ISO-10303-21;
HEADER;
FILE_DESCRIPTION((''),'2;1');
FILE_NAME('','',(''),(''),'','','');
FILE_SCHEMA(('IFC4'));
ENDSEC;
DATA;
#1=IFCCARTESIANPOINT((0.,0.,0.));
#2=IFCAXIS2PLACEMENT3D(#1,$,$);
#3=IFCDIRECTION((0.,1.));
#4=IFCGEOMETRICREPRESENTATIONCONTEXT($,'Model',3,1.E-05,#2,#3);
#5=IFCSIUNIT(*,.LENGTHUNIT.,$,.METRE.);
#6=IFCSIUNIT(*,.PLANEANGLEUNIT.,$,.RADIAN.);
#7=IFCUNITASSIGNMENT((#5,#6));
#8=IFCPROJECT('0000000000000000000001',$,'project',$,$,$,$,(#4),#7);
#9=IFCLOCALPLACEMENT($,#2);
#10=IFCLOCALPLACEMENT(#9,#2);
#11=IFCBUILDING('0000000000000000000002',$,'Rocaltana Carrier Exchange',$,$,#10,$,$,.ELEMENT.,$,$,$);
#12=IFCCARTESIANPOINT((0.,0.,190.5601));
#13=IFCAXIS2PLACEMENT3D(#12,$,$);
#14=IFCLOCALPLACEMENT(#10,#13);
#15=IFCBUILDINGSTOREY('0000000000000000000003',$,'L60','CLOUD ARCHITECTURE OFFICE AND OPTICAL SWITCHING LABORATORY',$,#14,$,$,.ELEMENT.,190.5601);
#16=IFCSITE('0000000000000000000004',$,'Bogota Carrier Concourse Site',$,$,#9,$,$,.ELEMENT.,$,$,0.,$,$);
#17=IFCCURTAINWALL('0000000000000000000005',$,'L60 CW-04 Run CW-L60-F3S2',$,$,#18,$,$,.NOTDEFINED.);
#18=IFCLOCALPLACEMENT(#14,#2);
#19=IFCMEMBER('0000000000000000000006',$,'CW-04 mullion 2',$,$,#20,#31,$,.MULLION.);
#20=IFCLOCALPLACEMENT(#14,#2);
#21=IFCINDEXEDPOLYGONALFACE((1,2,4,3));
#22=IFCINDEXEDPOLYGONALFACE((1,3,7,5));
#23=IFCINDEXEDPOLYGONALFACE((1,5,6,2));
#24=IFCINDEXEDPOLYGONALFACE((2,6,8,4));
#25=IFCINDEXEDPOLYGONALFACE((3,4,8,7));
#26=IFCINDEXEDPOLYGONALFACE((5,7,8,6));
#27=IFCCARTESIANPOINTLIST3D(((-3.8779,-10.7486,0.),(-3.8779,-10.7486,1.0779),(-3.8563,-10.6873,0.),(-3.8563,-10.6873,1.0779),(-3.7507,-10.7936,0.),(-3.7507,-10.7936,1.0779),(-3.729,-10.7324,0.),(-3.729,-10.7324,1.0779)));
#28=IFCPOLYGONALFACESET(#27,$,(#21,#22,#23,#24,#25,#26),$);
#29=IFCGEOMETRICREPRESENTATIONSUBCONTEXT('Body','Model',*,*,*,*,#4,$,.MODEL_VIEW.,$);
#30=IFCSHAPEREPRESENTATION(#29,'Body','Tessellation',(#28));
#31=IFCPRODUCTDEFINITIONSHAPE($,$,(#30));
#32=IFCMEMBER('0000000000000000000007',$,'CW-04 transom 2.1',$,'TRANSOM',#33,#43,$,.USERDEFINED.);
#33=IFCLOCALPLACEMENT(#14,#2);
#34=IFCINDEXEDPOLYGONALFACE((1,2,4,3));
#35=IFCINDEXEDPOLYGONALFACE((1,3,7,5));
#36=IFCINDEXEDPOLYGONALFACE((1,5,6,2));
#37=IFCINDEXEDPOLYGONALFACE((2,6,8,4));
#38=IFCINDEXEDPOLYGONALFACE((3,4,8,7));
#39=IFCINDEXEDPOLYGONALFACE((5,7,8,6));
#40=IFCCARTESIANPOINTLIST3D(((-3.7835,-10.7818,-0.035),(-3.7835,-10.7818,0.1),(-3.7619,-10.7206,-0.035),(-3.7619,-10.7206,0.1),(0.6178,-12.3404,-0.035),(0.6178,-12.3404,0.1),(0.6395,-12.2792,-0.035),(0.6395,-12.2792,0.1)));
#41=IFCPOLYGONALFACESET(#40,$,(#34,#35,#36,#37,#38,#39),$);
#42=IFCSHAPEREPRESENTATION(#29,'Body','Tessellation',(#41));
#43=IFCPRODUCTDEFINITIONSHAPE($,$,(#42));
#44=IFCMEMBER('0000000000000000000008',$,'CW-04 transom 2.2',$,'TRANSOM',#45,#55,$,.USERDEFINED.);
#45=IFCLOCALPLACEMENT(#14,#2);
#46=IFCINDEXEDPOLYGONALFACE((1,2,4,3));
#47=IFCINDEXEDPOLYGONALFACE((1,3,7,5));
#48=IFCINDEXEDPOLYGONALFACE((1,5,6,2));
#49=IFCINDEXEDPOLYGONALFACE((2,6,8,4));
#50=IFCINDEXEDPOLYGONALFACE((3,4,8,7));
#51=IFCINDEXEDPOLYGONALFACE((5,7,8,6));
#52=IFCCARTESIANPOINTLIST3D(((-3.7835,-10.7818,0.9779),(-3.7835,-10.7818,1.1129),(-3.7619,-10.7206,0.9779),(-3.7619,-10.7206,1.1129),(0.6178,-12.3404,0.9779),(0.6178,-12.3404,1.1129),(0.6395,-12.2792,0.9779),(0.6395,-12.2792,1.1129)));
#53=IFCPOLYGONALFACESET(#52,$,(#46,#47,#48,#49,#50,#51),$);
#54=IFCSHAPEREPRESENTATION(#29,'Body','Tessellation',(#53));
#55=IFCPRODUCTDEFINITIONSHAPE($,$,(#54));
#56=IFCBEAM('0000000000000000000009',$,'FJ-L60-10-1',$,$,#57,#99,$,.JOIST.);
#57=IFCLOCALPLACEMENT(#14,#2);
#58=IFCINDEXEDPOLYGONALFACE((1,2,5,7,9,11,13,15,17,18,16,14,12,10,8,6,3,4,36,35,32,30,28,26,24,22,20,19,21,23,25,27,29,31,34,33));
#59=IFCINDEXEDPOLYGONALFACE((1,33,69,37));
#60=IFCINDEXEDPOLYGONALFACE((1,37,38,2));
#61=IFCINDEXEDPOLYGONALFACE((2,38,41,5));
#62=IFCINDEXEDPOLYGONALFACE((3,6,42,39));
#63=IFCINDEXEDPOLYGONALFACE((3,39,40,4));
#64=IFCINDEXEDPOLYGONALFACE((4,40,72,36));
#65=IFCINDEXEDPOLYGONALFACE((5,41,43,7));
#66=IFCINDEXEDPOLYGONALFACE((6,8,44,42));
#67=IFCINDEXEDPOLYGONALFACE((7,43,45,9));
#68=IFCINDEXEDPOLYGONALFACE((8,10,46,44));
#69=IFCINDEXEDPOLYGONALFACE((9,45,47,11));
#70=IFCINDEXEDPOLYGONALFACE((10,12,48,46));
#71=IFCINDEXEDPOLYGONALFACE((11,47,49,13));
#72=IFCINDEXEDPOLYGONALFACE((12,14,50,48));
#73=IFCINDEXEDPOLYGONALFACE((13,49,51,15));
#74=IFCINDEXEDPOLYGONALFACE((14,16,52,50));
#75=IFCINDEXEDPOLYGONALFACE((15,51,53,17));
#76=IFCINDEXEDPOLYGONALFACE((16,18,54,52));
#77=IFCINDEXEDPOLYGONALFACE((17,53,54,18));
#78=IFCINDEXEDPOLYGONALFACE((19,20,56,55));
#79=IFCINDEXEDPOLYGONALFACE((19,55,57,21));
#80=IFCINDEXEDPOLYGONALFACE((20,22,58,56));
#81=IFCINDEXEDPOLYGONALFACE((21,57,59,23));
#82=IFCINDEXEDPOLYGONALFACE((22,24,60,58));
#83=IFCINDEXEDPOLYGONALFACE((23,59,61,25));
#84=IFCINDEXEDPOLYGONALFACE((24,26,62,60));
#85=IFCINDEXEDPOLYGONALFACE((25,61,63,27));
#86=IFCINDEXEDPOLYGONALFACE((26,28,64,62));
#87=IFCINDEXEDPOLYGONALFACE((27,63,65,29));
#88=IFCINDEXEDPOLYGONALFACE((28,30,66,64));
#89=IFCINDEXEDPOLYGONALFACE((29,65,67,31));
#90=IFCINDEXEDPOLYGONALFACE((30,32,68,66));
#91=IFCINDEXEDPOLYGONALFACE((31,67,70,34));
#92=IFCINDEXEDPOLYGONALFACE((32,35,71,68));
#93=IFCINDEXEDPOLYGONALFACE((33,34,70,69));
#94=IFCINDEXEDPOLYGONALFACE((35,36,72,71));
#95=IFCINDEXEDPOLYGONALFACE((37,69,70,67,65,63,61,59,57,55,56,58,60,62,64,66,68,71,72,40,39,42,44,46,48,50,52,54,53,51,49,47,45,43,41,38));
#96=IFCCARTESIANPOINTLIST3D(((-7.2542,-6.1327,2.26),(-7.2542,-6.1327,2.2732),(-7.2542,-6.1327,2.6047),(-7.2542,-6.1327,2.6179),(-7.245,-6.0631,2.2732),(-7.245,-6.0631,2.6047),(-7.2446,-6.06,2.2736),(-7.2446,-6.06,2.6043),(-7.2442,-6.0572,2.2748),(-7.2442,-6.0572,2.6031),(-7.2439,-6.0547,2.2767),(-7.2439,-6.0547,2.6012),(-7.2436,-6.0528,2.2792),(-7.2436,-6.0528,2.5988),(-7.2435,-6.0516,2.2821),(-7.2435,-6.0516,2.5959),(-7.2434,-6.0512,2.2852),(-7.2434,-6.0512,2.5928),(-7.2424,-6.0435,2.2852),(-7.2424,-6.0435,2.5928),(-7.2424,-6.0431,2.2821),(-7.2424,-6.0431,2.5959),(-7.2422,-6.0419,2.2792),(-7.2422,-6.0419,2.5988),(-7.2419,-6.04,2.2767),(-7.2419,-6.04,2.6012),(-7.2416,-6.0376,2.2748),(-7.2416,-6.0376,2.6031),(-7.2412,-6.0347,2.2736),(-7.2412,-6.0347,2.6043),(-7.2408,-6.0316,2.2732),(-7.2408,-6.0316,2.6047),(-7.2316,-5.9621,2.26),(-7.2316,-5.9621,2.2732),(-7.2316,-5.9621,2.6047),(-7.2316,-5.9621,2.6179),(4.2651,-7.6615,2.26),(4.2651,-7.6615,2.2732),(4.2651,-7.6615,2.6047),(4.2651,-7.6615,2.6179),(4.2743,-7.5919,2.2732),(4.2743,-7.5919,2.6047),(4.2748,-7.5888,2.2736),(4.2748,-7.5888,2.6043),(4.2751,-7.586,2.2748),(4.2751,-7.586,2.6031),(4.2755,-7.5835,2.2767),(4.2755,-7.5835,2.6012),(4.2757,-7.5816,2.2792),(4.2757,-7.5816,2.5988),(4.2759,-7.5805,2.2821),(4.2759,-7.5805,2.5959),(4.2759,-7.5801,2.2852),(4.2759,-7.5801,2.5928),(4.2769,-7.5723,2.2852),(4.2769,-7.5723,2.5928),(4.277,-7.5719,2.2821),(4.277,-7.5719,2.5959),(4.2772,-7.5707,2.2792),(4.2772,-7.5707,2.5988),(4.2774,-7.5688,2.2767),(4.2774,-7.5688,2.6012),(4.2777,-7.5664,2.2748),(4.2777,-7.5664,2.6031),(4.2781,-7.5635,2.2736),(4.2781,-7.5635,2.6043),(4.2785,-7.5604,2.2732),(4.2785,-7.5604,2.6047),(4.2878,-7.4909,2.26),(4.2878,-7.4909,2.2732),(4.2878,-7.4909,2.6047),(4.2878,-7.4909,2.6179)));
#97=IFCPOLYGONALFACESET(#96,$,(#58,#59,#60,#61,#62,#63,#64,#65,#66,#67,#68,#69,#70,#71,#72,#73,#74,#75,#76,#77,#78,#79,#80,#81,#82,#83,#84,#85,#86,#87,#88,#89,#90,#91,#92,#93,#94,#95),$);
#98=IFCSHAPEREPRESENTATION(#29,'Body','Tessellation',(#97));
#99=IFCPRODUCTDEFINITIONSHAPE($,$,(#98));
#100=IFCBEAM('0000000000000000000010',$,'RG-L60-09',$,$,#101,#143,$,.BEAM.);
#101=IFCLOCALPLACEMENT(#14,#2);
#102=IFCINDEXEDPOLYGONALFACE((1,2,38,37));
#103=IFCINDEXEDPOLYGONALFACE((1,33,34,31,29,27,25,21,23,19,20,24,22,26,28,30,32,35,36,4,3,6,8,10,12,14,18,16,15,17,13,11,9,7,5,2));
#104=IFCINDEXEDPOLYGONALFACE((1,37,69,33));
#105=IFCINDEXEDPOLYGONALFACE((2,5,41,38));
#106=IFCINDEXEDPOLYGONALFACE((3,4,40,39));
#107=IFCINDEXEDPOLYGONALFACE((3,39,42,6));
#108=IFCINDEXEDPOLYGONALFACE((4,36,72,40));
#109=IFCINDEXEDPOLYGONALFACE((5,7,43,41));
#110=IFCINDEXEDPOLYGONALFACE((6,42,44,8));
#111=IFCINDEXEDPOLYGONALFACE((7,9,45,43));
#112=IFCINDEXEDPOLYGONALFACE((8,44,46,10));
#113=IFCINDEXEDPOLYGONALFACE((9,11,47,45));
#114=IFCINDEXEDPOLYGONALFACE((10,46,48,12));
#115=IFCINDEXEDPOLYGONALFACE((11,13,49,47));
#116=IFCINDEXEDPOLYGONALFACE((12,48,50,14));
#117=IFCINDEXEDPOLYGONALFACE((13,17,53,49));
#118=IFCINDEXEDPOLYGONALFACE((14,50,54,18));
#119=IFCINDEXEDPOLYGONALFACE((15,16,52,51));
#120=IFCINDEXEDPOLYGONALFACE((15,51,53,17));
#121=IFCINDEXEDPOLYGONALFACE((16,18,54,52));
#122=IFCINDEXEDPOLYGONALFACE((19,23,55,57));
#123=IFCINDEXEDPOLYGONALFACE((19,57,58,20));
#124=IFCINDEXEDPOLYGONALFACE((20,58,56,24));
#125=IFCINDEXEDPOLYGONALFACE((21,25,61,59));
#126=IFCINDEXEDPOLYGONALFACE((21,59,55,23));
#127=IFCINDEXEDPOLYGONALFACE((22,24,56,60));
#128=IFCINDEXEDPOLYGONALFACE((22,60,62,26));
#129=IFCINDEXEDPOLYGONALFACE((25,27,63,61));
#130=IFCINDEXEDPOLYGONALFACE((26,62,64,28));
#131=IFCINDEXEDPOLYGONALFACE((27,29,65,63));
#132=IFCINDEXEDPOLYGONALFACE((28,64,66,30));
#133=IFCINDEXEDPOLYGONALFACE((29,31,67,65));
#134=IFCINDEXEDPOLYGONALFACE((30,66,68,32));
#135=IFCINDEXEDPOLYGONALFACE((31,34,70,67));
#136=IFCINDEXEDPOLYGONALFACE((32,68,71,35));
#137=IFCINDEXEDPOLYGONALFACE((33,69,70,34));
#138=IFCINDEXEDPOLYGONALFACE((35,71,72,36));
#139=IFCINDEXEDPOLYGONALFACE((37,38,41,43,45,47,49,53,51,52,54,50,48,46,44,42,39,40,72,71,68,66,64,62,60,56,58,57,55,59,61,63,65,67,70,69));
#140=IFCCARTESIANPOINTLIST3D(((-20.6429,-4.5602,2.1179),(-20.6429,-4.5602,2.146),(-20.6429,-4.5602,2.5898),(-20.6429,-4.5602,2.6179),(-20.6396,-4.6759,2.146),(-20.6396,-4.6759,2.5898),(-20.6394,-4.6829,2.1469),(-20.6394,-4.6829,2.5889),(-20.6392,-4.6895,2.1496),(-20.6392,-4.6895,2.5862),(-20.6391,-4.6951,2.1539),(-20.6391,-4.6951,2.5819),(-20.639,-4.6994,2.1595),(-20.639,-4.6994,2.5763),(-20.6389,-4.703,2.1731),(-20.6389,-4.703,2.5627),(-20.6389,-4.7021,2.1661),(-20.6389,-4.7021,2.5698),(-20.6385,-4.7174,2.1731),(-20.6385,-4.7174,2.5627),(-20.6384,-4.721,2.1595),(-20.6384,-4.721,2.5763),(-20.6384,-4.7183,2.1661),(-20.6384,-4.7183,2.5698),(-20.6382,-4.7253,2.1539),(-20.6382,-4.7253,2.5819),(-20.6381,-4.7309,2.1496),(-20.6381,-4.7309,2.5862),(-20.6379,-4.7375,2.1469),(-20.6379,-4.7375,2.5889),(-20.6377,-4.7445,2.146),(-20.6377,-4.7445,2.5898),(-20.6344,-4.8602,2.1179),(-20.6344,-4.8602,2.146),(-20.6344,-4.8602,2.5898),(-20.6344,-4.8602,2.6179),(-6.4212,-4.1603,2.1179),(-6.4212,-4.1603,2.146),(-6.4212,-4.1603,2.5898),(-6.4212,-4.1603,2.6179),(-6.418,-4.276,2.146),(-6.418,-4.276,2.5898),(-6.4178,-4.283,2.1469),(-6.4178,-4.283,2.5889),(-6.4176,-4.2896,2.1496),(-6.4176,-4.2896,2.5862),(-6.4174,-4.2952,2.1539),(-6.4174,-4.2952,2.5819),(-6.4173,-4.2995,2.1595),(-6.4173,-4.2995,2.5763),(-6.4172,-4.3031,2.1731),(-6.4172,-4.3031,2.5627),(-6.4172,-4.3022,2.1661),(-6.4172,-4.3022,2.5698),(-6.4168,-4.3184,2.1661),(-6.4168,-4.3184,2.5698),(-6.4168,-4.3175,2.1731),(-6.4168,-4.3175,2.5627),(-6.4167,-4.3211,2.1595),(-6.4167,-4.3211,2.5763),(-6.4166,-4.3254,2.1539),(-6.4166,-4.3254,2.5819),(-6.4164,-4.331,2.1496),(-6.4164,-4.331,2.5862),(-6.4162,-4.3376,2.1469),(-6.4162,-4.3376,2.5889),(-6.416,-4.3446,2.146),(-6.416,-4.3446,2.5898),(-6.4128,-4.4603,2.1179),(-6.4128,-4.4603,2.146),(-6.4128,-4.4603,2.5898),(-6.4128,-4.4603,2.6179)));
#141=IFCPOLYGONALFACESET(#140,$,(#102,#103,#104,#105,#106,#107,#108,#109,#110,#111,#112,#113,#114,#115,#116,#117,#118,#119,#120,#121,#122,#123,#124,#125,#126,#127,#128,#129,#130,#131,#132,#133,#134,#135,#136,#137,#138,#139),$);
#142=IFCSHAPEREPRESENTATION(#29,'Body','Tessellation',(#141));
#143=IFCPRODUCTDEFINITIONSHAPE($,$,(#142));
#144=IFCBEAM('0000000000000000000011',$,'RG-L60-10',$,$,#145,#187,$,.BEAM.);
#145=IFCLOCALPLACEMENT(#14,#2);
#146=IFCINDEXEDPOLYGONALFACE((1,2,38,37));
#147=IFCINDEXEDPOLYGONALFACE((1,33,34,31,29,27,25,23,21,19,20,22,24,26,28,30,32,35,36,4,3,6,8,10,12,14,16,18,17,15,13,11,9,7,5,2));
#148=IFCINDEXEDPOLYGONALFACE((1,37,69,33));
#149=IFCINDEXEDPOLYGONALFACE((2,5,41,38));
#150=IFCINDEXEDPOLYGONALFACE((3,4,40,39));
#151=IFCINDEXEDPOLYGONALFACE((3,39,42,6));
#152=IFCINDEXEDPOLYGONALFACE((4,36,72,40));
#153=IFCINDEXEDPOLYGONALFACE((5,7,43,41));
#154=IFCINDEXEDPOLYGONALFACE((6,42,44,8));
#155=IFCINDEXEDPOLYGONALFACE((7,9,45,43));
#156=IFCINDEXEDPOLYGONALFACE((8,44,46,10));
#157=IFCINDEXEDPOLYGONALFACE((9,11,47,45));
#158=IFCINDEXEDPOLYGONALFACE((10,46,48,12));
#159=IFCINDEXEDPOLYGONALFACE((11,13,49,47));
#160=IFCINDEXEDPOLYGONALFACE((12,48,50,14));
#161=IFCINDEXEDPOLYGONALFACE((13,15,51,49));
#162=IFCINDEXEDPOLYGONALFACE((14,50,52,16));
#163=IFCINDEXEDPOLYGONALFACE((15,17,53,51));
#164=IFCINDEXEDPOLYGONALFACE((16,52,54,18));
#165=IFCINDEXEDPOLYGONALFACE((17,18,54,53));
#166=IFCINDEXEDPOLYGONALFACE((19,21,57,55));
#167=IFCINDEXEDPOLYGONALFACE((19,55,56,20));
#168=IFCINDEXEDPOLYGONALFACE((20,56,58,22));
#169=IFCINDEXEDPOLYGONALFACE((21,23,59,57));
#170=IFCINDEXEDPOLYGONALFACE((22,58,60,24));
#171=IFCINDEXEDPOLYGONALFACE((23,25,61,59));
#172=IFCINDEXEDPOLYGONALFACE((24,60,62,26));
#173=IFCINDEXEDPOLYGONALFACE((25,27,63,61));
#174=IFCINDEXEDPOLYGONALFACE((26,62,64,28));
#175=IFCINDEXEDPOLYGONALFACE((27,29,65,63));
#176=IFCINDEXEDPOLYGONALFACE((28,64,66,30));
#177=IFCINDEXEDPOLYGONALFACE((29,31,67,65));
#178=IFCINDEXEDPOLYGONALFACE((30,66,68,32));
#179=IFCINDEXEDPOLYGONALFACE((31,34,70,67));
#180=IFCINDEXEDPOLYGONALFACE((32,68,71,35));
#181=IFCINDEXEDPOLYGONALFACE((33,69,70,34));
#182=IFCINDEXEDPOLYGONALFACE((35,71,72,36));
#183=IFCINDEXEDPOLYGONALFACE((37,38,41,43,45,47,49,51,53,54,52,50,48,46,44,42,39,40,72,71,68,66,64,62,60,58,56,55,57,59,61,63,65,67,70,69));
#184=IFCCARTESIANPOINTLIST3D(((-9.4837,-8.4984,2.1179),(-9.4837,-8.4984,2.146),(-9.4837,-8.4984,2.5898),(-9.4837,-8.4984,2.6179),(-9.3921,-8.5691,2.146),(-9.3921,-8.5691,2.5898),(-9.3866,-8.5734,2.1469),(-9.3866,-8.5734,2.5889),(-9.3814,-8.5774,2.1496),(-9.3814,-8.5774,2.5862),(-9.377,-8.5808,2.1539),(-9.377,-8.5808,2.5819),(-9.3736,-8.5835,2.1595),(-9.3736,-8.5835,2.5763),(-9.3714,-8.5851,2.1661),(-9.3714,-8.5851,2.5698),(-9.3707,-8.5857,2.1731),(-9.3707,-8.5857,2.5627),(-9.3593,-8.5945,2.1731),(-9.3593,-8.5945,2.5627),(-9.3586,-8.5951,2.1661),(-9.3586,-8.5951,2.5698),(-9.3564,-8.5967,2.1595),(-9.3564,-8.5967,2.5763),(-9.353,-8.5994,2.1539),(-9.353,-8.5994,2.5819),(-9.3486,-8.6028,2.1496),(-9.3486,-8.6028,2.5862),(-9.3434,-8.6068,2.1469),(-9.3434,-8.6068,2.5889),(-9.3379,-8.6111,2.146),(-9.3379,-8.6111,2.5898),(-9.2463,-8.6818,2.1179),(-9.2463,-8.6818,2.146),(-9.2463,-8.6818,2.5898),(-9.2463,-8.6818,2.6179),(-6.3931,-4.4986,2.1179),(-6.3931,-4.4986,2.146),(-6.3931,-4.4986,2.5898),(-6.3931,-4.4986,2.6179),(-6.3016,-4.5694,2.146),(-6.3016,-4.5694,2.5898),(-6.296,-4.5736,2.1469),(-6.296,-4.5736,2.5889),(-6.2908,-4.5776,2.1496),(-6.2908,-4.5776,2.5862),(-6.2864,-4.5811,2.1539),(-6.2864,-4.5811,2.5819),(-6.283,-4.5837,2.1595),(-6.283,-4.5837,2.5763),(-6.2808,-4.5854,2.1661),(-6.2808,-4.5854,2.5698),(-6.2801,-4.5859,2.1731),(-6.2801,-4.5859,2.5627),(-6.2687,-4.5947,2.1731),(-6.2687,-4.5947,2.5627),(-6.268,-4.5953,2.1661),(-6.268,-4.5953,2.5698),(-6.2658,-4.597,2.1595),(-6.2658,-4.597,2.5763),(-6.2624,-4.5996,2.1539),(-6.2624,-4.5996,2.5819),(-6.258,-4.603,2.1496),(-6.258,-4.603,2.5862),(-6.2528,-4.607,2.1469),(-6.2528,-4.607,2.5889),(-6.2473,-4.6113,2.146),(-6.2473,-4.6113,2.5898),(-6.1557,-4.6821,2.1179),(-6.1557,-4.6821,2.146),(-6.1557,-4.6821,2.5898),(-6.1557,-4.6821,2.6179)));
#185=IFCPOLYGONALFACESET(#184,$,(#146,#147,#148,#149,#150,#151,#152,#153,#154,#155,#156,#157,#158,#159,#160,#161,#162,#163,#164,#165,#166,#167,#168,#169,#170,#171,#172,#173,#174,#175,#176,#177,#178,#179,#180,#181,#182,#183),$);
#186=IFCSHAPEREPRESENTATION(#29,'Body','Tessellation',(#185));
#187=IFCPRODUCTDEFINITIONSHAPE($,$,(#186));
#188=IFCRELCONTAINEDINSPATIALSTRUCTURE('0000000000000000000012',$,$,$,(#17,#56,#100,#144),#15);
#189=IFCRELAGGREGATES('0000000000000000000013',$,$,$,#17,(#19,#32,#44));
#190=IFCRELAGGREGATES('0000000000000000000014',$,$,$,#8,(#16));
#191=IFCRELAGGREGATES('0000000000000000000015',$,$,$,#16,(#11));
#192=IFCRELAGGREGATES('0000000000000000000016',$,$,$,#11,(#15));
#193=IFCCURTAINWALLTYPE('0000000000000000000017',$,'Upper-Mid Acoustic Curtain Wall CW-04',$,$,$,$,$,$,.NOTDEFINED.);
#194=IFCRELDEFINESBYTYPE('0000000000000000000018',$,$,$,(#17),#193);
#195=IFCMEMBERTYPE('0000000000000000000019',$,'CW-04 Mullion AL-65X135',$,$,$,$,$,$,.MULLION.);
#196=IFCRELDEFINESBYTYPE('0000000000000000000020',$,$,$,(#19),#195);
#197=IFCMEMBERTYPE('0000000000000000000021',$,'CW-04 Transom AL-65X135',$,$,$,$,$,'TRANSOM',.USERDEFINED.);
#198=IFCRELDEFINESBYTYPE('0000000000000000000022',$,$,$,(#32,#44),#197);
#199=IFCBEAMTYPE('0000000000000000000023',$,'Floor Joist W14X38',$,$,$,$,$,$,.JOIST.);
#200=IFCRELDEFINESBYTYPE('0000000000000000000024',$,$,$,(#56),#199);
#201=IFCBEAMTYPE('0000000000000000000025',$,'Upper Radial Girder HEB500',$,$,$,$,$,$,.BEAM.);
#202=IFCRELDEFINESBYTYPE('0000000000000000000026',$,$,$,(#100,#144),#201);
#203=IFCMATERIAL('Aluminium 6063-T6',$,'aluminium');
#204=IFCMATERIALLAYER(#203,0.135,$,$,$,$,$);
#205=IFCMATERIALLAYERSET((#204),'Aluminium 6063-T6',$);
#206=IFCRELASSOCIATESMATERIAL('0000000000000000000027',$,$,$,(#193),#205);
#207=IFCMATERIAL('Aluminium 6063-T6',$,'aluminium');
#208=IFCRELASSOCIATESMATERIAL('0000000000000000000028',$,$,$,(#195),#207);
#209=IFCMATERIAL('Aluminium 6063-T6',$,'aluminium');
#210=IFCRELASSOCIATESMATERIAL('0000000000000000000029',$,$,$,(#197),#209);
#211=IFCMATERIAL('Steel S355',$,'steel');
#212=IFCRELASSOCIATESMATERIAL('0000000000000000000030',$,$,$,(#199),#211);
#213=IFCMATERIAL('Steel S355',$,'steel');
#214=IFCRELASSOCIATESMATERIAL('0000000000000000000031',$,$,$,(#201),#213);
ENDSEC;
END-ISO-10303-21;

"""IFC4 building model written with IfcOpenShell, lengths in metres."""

from ifc_helpers import new_model, si_unit, direction, frame, origin, origin_2d, place, context, subcontext, project, spatial, rectangle, i_section, extrude, material, layer, layer_set, material_profile, profile_set, type_object, element, aggregate, save


model = new_model("IFC4")

# Units and contexts
model_context = context("Model", 3, precision=1e-05, world=origin(), true_north=direction((0.0, 1.0)))
body_context = subcontext(model_context, "Body", "Model", "MODEL_VIEW")
ifc_project = project(units=[si_unit("LENGTHUNIT", "METRE"), si_unit("PLANEANGLEUNIT", "RADIAN")], contexts=[model_context])

# Site, building, storey
site_placement = place(None, origin())
site = spatial("IfcSite", under=ifc_project, at=site_placement, Name="Bogota Carrier Concourse Site", CompositionType="ELEMENT", RefElevation=0.0)
building_placement = place(site_placement, origin())
building = spatial("IfcBuilding", under=site, at=building_placement, Name="Rocaltana Carrier Exchange", CompositionType="ELEMENT")
storey_placement = place(building_placement, frame((0.0, 0.0, 190.5601)))
storey = spatial("IfcBuildingStorey", under=building, at=storey_placement, Name="L60", Description="CLOUD ARCHITECTURE OFFICE AND OPTICAL SWITCHING LABORATORY", CompositionType="ELEMENT", Elevation=190.5601)

# Curtain wall, members
ifc_material_1 = material(Name="Aluminium 6063-T6", Category="aluminium")
ifc_layer_1 = layer(ifc_material_1, 0.135)
ifc_layer_set_1 = layer_set([ifc_layer_1], Name="Aluminium 6063-T6")
curtain_wall_type = type_object("IfcCurtainWallType", Name="Upper-Mid Acoustic Curtain Wall CW-04", PredefinedType="NOTDEFINED", material=ifc_layer_set_1)
curtain_wall_placement = place(storey_placement, origin())
curtain_wall = element("IfcCurtainWall", 1, at=curtain_wall_placement, inside=storey, type_object=curtain_wall_type, Name="L60 CW-04 Run CW-L60-F3S2", PredefinedType="NOTDEFINED")
ifc_material_2 = material(Name="Aluminium 6063-T6", Category="aluminium")
ifc_material_profile_1 = material_profile(ifc_material_2, rectangle(XDim=0.0649, YDim=0.135, at=origin_2d()), Name="AL-65X135")
ifc_profile_set_1 = profile_set([ifc_material_profile_1], Name="Aluminium 6063-T6")
member_type_1 = type_object("IfcMemberType", Name="CW-04 Mullion AL-65X135", PredefinedType="MULLION", material=ifc_profile_set_1)
member_1_placement = place(storey_placement, frame((-3.8035, -10.7405, 0.0), z_axis=(0.0, 0.0, 1.0), x_axis=(0.333799, 0.942644, 0.0)))
member_1 = element("IfcMember", 2, at=member_1_placement, type_object=member_type_1, Name="CW-04 mullion 2", PredefinedType="MULLION", context=body_context, shape_type="SweptSolid", body=[
    extrude(rectangle(XDim=0.0649, YDim=0.135, at=origin_2d()), origin(), (0.0, 0.0, 1.0), 1.0779),
])
ifc_material_3 = material(Name="Aluminium 6063-T6", Category="aluminium")
ifc_material_profile_2 = material_profile(ifc_material_3, rectangle(XDim=0.0649, YDim=0.135, at=origin_2d()), Name="AL-65X135")
ifc_profile_set_2 = profile_set([ifc_material_profile_2], Name="Aluminium 6063-T6")
member_type_2 = type_object("IfcMemberType", Name="CW-04 Transom AL-65X135", ElementType="TRANSOM", PredefinedType="USERDEFINED", material=ifc_profile_set_2)
member_2_placement = place(storey_placement, frame((-3.7727, -10.7512, 0.0325), z_axis=(0.942642, -0.333805, 0.0), x_axis=(0.333805, 0.942642, 0.0)))
member_2 = element("IfcMember", 3, at=member_2_placement, type_object=member_type_2, Name="CW-04 transom 2.1", ObjectType="TRANSOM", PredefinedType="USERDEFINED", context=body_context, shape_type="SweptSolid", body=[
    extrude(rectangle(XDim=0.0649, YDim=0.135, at=origin_2d()), origin(), (0.0, 0.0, 1.0), 4.6692),
])
member_3_placement = place(storey_placement, frame((-3.7727, -10.7512, 1.0454), z_axis=(0.942642, -0.333805, 0.0), x_axis=(0.333805, 0.942642, 0.0)))
member_3 = element("IfcMember", 4, at=member_3_placement, type_object=member_type_2, Name="CW-04 transom 2.2", ObjectType="TRANSOM", PredefinedType="USERDEFINED", context=body_context, shape_type="SweptSolid", body=[
    extrude(rectangle(XDim=0.0649, YDim=0.135, at=origin_2d()), origin(), (0.0, 0.0, 1.0), 4.6692),
])

# Beams
ifc_material_4 = material(Name="Steel S355", Category="steel")
ifc_material_profile_3 = material_profile(ifc_material_4, i_section(OverallWidth=0.1721, OverallDepth=0.3579, WebThickness=0.0078, FlangeThickness=0.0132, FilletRadius=0.012, at=origin_2d()), Name="W14X38")
ifc_profile_set_3 = profile_set([ifc_material_profile_3], Name="Steel S355")
beam_type_1 = type_object("IfcBeamType", Name="Floor Joist W14X38", PredefinedType="JOIST", material=ifc_profile_set_3)
beam_1_placement = place(storey_placement, frame((-7.2429, -6.0474, 2.439), z_axis=(0.991308, -0.131564, 0.0), x_axis=(0.131564, 0.991308, 0.0)))
element("IfcBeam", 5, at=beam_1_placement, inside=storey, type_object=beam_type_1, Name="FJ-L60-10-1", PredefinedType="JOIST", context=body_context, shape_type="SweptSolid", body=[
    extrude(i_section(OverallWidth=0.1721, OverallDepth=0.3579, WebThickness=0.0078, FlangeThickness=0.0132, FilletRadius=0.012, at=origin_2d()), origin(), (0.0, 0.0, 1.0), 11.6204),
])
ifc_material_5 = material(Name="Steel S355", Category="steel")
ifc_material_profile_4 = material_profile(ifc_material_5, i_section(OverallWidth=0.3, OverallDepth=0.5, WebThickness=0.0144, FlangeThickness=0.0281, FilletRadius=0.0271, at=origin_2d()), Name="HEB500")
ifc_profile_set_4 = profile_set([ifc_material_profile_4], Name="Steel S355")
beam_type_2 = type_object("IfcBeamType", Name="Upper Radial Girder HEB500", PredefinedType="BEAM", material=ifc_profile_set_4)
beam_2_placement = place(storey_placement, frame((-6.417, -4.3103, 2.3679), z_axis=(-0.999605, -0.028108, 0.0), x_axis=(0.028108, -0.999605, 0.0)))
element("IfcBeam", 6, at=beam_2_placement, inside=storey, type_object=beam_type_2, Name="RG-L60-09", PredefinedType="BEAM", context=body_context, shape_type="SweptSolid", body=[
    extrude(i_section(OverallWidth=0.3, OverallDepth=0.5, WebThickness=0.0144, FlangeThickness=0.0281, FilletRadius=0.0271, at=origin_2d()), origin(), (0.0, 0.0, 1.0), 14.2273),
])
beam_3_placement = place(storey_placement, frame((-6.2744, -4.5903, 2.3679), z_axis=(-0.61143, -0.791299, 0.0), x_axis=(0.791299, -0.61143, 0.0)))
element("IfcBeam", 7, at=beam_3_placement, inside=storey, type_object=beam_type_2, Name="RG-L60-10", PredefinedType="BEAM", context=body_context, shape_type="SweptSolid", body=[
    extrude(i_section(OverallWidth=0.3, OverallDepth=0.5, WebThickness=0.0144, FlangeThickness=0.0281, FilletRadius=0.0271, at=origin_2d()), origin(), (0.0, 0.0, 1.0), 5.0547),
])

aggregate(curtain_wall, [member_1, member_2, member_3])

save(model, "model.ifc")
